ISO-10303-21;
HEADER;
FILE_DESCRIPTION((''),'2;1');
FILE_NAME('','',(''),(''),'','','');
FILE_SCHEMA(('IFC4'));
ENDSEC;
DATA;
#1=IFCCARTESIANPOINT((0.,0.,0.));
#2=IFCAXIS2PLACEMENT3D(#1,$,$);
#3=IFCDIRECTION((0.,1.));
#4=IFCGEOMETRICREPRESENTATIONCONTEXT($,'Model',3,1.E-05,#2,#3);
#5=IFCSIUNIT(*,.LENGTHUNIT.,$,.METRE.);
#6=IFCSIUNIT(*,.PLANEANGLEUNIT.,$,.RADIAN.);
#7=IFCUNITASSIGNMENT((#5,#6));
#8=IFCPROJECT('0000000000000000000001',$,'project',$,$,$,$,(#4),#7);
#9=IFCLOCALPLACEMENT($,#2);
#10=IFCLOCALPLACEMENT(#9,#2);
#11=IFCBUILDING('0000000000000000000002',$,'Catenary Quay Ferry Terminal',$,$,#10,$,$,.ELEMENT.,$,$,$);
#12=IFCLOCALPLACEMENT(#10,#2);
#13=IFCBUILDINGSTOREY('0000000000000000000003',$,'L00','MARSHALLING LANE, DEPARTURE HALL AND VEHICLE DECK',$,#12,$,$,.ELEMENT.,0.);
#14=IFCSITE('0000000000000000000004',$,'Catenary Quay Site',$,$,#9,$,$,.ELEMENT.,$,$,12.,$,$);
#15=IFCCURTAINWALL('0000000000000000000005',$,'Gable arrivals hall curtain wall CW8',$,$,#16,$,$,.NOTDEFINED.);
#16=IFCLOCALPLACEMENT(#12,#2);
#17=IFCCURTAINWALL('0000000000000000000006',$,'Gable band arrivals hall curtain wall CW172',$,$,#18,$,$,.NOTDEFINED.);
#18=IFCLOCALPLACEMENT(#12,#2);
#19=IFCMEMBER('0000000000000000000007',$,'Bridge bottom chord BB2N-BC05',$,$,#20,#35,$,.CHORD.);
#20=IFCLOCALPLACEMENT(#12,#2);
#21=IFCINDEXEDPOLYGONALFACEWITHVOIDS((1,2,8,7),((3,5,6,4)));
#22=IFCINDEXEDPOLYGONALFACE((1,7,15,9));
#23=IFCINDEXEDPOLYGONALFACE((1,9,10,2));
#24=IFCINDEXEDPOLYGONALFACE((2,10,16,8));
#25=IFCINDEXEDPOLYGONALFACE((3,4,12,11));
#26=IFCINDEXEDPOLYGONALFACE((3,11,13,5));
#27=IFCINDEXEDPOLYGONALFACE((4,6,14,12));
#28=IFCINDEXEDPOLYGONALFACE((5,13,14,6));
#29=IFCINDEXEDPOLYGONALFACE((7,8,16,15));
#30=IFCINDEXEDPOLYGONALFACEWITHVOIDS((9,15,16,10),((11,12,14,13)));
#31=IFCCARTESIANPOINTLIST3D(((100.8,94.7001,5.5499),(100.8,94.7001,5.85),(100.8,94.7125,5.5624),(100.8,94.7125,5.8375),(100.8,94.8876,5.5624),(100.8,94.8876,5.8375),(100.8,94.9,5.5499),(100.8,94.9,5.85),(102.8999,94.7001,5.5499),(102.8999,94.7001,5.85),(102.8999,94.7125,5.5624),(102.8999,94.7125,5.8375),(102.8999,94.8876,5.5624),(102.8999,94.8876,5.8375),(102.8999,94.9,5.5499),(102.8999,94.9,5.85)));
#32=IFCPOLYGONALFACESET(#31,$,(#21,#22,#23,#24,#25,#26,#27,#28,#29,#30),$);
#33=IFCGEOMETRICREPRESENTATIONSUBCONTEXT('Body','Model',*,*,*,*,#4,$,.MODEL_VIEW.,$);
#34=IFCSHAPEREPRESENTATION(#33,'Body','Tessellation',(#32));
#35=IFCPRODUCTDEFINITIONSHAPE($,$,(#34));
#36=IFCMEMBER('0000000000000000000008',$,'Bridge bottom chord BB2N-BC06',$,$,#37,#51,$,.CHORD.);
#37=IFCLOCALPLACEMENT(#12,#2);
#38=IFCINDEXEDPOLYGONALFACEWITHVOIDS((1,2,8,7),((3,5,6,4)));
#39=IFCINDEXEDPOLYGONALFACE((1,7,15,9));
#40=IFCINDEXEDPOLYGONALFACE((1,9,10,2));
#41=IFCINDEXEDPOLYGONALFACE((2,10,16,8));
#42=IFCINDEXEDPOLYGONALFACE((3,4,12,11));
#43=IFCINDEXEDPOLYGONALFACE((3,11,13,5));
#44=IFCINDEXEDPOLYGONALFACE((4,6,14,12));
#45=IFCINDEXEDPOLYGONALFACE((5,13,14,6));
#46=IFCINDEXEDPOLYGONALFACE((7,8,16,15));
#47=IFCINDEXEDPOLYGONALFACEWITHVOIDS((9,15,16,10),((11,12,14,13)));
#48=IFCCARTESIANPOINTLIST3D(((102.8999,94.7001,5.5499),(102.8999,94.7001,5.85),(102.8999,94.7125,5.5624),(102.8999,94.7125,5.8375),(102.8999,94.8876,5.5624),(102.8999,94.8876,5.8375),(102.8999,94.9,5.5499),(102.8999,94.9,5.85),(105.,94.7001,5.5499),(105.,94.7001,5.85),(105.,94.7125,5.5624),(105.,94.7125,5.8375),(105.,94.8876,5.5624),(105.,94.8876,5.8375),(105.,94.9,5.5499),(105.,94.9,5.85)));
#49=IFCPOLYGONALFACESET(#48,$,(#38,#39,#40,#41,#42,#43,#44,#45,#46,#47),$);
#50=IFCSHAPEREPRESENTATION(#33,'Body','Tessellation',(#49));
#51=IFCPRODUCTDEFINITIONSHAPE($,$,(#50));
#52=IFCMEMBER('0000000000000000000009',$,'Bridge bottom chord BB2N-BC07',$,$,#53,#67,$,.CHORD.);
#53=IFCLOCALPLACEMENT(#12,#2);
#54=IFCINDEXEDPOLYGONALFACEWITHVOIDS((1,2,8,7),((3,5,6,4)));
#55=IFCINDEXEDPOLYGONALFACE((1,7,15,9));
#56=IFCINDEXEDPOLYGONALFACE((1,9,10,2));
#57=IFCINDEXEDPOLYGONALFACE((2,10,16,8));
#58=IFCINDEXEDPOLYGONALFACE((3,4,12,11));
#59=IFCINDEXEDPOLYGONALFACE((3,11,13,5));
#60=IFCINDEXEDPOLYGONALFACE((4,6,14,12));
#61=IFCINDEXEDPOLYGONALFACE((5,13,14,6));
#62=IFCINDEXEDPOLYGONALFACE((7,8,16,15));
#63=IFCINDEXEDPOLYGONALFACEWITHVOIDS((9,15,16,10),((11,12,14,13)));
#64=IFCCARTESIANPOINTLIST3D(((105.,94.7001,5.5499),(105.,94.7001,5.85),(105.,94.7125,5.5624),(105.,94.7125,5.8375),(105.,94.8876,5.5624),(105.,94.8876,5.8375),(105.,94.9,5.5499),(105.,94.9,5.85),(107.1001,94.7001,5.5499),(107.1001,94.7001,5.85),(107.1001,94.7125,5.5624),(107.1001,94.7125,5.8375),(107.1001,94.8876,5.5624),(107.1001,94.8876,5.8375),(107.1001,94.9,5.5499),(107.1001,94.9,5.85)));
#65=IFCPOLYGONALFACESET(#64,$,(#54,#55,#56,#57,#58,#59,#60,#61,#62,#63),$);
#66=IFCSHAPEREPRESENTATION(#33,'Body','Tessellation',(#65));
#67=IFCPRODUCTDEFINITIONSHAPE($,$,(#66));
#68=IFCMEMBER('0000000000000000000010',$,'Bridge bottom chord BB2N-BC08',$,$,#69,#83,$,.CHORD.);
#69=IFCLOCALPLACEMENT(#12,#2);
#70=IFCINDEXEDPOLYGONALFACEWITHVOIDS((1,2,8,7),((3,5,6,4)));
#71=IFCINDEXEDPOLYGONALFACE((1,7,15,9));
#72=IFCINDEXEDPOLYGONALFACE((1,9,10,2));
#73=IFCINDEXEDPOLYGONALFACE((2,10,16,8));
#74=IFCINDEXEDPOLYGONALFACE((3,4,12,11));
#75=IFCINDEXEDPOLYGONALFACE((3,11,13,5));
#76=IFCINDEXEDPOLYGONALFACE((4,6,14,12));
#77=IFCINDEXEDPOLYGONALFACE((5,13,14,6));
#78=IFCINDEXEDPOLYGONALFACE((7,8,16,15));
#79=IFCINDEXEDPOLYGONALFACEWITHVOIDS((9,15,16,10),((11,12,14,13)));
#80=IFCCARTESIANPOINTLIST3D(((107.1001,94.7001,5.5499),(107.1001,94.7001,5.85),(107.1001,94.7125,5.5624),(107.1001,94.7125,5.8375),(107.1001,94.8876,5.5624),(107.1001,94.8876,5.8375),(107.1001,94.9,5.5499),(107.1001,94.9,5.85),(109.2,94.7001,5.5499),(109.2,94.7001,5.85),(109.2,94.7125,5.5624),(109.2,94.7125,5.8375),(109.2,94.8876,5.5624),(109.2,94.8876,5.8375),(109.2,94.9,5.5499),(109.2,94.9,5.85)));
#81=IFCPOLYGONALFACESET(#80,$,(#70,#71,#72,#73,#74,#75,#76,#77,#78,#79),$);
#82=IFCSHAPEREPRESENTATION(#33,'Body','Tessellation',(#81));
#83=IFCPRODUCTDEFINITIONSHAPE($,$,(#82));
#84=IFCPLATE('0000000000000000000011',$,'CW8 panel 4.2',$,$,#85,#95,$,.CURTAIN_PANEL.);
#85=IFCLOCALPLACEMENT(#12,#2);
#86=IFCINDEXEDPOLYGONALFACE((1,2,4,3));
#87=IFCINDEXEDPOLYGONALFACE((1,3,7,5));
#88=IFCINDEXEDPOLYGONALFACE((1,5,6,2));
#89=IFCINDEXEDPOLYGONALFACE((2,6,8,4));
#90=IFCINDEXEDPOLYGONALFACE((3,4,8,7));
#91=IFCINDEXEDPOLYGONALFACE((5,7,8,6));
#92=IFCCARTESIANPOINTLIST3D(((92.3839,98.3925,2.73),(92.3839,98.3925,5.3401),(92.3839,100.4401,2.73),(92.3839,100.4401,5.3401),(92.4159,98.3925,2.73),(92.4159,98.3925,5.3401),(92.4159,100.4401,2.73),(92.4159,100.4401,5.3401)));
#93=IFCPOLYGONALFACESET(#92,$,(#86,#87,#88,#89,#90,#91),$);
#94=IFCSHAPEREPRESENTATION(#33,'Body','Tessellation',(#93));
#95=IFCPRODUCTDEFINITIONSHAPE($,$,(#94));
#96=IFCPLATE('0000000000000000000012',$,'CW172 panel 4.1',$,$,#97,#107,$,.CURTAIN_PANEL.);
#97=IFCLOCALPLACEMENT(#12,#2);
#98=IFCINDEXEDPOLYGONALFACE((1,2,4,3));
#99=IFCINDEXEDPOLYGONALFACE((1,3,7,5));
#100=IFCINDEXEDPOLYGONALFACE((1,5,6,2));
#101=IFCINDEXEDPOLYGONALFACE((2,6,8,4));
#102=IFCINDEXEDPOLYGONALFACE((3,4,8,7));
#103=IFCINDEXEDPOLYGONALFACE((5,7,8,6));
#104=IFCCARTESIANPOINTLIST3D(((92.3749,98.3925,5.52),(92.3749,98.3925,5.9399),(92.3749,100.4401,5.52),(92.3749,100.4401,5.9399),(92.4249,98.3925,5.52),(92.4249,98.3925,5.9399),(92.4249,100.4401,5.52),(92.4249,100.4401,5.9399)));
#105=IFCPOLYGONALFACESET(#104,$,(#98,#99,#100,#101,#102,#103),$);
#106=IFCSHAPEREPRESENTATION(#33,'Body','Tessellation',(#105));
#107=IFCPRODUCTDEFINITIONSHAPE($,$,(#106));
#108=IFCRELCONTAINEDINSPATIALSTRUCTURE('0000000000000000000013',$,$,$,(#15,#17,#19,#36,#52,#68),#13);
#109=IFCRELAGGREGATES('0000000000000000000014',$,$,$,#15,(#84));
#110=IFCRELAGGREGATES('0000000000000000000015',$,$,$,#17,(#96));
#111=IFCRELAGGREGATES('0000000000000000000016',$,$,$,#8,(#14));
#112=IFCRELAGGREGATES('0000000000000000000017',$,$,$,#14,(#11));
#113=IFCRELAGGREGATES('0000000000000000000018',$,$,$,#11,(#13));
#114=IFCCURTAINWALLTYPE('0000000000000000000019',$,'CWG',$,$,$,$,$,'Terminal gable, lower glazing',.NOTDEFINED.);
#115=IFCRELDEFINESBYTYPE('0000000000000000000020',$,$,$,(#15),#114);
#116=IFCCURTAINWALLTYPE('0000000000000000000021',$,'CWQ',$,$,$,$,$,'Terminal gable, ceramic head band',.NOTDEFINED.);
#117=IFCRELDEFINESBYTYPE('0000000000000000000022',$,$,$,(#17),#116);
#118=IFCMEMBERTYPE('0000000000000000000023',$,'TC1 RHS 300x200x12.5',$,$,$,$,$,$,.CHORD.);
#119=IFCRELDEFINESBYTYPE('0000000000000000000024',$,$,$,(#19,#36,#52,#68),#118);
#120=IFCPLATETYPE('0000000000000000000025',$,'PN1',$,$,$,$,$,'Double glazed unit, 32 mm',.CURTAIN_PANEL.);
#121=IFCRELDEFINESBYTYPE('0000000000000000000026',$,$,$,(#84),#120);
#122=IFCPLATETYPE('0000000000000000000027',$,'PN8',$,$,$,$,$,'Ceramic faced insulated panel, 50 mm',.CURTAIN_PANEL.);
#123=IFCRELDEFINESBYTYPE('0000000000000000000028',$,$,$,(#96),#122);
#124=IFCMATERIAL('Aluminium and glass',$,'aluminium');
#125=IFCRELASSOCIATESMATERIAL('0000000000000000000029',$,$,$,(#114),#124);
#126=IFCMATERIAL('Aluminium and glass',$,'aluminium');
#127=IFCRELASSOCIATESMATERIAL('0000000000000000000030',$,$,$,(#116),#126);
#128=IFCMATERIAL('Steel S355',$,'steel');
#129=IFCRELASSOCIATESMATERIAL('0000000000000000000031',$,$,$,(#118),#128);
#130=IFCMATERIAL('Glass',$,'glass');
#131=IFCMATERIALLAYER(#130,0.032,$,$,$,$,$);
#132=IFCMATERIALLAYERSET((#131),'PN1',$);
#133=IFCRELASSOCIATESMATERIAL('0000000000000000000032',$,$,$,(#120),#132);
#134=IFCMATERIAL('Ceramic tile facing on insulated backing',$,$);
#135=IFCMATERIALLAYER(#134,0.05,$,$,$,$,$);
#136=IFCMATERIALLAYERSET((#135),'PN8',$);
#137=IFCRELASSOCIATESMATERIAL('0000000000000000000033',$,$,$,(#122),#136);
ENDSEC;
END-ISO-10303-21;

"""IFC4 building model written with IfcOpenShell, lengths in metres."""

from ifc_helpers import new_model, si_unit, direction, frame, origin, origin_2d, place, context, subcontext, project, spatial, rectangle, hollow_rectangle, extrude, material, layer, layer_set, material_profile, profile_set, type_object, element, aggregate, save


model = new_model("IFC4")

# Units and contexts
model_context = context("Model", 3, precision=1e-05, world=origin(), true_north=direction((0.0, 1.0)))
body_context = subcontext(model_context, "Body", "Model", "MODEL_VIEW")
ifc_project = project(units=[si_unit("LENGTHUNIT", "METRE"), si_unit("PLANEANGLEUNIT", "RADIAN")], contexts=[model_context])

# Site, building, storey
site_placement = place(None, origin())
site = spatial("IfcSite", under=ifc_project, at=site_placement, Name="Catenary Quay Site", CompositionType="ELEMENT", RefElevation=12.0)
building_placement = place(site_placement, origin())
building = spatial("IfcBuilding", under=site, at=building_placement, Name="Catenary Quay Ferry Terminal", CompositionType="ELEMENT")
storey_placement = place(building_placement, origin())
storey = spatial("IfcBuildingStorey", under=building, at=storey_placement, Name="L00", Description="MARSHALLING LANE, DEPARTURE HALL AND VEHICLE DECK", CompositionType="ELEMENT", Elevation=0.0)

# Curtain walls
ifc_material_1 = material(Name="Aluminium and glass", Category="aluminium")
curtain_wall_type_1 = type_object("IfcCurtainWallType", Name="CWG", ElementType="Terminal gable, lower glazing", PredefinedType="NOTDEFINED", material=ifc_material_1)
curtain_wall_1_placement = place(storey_placement, origin())
curtain_wall_1 = element("IfcCurtainWall", 1, at=curtain_wall_1_placement, inside=storey, type_object=curtain_wall_type_1, Name="Gable arrivals hall curtain wall CW8", PredefinedType="NOTDEFINED")
ifc_material_2 = material(Name="Aluminium and glass", Category="aluminium")
curtain_wall_type_2 = type_object("IfcCurtainWallType", Name="CWQ", ElementType="Terminal gable, ceramic head band", PredefinedType="NOTDEFINED", material=ifc_material_2)
curtain_wall_2_placement = place(storey_placement, origin())
curtain_wall_2 = element("IfcCurtainWall", 2, at=curtain_wall_2_placement, inside=storey, type_object=curtain_wall_type_2, Name="Gable band arrivals hall curtain wall CW172", PredefinedType="NOTDEFINED")

# Members
ifc_material_3 = material(Name="Steel S355", Category="steel")
ifc_material_profile_1 = material_profile(ifc_material_3, hollow_rectangle(XDim=0.2, YDim=0.3, WallThickness=0.0125, at=origin_2d()), Name="RHS 300x200x12.5")
ifc_profile_set_1 = profile_set([ifc_material_profile_1], Name="Steel S355")
member_type_1 = type_object("IfcMemberType", Name="TC1 RHS 300x200x12.5", PredefinedType="CHORD", material=ifc_profile_set_1)
member_1_placement = place(storey_placement, frame((100.8, 94.8, 5.7), z_axis=(1.0, 0.0, 0.0), x_axis=(0.0, 1.0, 0.0)))
element("IfcMember", 3, at=member_1_placement, inside=storey, type_object=member_type_1, Name="Bridge bottom chord BB2N-BC05", PredefinedType="CHORD", context=body_context, shape_type="SweptSolid", body=[
    extrude(hollow_rectangle(XDim=0.2, YDim=0.3, WallThickness=0.0125, at=origin_2d()), origin(), (0.0, 0.0, 1.0), 2.0999),
])
for number, where, z_axis, x_axis, name in (
    (4, (102.8999, 94.8, 5.7), (1.0, 0.0, 0.0), (0.0, 1.0, 0.0), "Bridge bottom chord BB2N-BC06"),
    (5, (105.0, 94.8, 5.7), (1.0, 0.0, 0.0), (0.0, 1.0, 0.0), "Bridge bottom chord BB2N-BC07"),
):
    element("IfcMember", number, at=place(storey_placement, frame(where, z_axis=z_axis, x_axis=x_axis)), inside=storey, type_object=member_type_1, Name=name, PredefinedType="CHORD", context=body_context, shape_type="SweptSolid", body=[
        extrude(hollow_rectangle(XDim=0.2, YDim=0.3, WallThickness=0.0125, at=origin_2d()), origin(), (0.0, 0.0, 1.0), 2.1001),
    ])
member_2_placement = place(storey_placement, frame((107.1001, 94.8, 5.7), z_axis=(1.0, 0.0, 0.0), x_axis=(0.0, 1.0, 0.0)))
element("IfcMember", 6, at=member_2_placement, inside=storey, type_object=member_type_1, Name="Bridge bottom chord BB2N-BC08", PredefinedType="CHORD", context=body_context, shape_type="SweptSolid", body=[
    extrude(hollow_rectangle(XDim=0.2, YDim=0.3, WallThickness=0.0125, at=origin_2d()), origin(), (0.0, 0.0, 1.0), 2.0999),
])

# Plates
ifc_material_4 = material(Name="Glass", Category="glass")
ifc_layer_1 = layer(ifc_material_4, 0.032)
ifc_layer_set_1 = layer_set([ifc_layer_1], Name="PN1")
plate_type_1 = type_object("IfcPlateType", Name="PN1", ElementType="Double glazed unit, 32 mm", PredefinedType="CURTAIN_PANEL", material=ifc_layer_set_1)
plate_1_placement = place(storey_placement, frame((92.3999, 99.4163, 2.73), z_axis=(0.0, 0.0, 1.0), x_axis=(0.0, 1.0, 0.0)))
plate_1 = element("IfcPlate", 7, at=plate_1_placement, type_object=plate_type_1, Name="CW8 panel 4.2", PredefinedType="CURTAIN_PANEL", context=body_context, shape_type="SweptSolid", body=[
    extrude(rectangle(XDim=2.0476, YDim=0.032, at=origin_2d()), origin(), (0.0, 0.0, 1.0), 2.6101),
])
aggregate(curtain_wall_1, [plate_1])
ifc_material_5 = material(Name="Ceramic tile facing on insulated backing")
ifc_layer_2 = layer(ifc_material_5, 0.05)
ifc_layer_set_2 = layer_set([ifc_layer_2], Name="PN8")
plate_type_2 = type_object("IfcPlateType", Name="PN8", ElementType="Ceramic faced insulated panel, 50 mm", PredefinedType="CURTAIN_PANEL", material=ifc_layer_set_2)
plate_2_placement = place(storey_placement, frame((92.3999, 99.4163, 5.52), z_axis=(0.0, 0.0, 1.0), x_axis=(0.0, 1.0, 0.0)))
plate_2 = element("IfcPlate", 8, at=plate_2_placement, type_object=plate_type_2, Name="CW172 panel 4.1", PredefinedType="CURTAIN_PANEL", context=body_context, shape_type="SweptSolid", body=[
    extrude(rectangle(XDim=2.0476, YDim=0.05, at=origin_2d()), origin(), (0.0, 0.0, 1.0), 0.4199),
])
aggregate(curtain_wall_2, [plate_2])

save(model, "model.ifc")
